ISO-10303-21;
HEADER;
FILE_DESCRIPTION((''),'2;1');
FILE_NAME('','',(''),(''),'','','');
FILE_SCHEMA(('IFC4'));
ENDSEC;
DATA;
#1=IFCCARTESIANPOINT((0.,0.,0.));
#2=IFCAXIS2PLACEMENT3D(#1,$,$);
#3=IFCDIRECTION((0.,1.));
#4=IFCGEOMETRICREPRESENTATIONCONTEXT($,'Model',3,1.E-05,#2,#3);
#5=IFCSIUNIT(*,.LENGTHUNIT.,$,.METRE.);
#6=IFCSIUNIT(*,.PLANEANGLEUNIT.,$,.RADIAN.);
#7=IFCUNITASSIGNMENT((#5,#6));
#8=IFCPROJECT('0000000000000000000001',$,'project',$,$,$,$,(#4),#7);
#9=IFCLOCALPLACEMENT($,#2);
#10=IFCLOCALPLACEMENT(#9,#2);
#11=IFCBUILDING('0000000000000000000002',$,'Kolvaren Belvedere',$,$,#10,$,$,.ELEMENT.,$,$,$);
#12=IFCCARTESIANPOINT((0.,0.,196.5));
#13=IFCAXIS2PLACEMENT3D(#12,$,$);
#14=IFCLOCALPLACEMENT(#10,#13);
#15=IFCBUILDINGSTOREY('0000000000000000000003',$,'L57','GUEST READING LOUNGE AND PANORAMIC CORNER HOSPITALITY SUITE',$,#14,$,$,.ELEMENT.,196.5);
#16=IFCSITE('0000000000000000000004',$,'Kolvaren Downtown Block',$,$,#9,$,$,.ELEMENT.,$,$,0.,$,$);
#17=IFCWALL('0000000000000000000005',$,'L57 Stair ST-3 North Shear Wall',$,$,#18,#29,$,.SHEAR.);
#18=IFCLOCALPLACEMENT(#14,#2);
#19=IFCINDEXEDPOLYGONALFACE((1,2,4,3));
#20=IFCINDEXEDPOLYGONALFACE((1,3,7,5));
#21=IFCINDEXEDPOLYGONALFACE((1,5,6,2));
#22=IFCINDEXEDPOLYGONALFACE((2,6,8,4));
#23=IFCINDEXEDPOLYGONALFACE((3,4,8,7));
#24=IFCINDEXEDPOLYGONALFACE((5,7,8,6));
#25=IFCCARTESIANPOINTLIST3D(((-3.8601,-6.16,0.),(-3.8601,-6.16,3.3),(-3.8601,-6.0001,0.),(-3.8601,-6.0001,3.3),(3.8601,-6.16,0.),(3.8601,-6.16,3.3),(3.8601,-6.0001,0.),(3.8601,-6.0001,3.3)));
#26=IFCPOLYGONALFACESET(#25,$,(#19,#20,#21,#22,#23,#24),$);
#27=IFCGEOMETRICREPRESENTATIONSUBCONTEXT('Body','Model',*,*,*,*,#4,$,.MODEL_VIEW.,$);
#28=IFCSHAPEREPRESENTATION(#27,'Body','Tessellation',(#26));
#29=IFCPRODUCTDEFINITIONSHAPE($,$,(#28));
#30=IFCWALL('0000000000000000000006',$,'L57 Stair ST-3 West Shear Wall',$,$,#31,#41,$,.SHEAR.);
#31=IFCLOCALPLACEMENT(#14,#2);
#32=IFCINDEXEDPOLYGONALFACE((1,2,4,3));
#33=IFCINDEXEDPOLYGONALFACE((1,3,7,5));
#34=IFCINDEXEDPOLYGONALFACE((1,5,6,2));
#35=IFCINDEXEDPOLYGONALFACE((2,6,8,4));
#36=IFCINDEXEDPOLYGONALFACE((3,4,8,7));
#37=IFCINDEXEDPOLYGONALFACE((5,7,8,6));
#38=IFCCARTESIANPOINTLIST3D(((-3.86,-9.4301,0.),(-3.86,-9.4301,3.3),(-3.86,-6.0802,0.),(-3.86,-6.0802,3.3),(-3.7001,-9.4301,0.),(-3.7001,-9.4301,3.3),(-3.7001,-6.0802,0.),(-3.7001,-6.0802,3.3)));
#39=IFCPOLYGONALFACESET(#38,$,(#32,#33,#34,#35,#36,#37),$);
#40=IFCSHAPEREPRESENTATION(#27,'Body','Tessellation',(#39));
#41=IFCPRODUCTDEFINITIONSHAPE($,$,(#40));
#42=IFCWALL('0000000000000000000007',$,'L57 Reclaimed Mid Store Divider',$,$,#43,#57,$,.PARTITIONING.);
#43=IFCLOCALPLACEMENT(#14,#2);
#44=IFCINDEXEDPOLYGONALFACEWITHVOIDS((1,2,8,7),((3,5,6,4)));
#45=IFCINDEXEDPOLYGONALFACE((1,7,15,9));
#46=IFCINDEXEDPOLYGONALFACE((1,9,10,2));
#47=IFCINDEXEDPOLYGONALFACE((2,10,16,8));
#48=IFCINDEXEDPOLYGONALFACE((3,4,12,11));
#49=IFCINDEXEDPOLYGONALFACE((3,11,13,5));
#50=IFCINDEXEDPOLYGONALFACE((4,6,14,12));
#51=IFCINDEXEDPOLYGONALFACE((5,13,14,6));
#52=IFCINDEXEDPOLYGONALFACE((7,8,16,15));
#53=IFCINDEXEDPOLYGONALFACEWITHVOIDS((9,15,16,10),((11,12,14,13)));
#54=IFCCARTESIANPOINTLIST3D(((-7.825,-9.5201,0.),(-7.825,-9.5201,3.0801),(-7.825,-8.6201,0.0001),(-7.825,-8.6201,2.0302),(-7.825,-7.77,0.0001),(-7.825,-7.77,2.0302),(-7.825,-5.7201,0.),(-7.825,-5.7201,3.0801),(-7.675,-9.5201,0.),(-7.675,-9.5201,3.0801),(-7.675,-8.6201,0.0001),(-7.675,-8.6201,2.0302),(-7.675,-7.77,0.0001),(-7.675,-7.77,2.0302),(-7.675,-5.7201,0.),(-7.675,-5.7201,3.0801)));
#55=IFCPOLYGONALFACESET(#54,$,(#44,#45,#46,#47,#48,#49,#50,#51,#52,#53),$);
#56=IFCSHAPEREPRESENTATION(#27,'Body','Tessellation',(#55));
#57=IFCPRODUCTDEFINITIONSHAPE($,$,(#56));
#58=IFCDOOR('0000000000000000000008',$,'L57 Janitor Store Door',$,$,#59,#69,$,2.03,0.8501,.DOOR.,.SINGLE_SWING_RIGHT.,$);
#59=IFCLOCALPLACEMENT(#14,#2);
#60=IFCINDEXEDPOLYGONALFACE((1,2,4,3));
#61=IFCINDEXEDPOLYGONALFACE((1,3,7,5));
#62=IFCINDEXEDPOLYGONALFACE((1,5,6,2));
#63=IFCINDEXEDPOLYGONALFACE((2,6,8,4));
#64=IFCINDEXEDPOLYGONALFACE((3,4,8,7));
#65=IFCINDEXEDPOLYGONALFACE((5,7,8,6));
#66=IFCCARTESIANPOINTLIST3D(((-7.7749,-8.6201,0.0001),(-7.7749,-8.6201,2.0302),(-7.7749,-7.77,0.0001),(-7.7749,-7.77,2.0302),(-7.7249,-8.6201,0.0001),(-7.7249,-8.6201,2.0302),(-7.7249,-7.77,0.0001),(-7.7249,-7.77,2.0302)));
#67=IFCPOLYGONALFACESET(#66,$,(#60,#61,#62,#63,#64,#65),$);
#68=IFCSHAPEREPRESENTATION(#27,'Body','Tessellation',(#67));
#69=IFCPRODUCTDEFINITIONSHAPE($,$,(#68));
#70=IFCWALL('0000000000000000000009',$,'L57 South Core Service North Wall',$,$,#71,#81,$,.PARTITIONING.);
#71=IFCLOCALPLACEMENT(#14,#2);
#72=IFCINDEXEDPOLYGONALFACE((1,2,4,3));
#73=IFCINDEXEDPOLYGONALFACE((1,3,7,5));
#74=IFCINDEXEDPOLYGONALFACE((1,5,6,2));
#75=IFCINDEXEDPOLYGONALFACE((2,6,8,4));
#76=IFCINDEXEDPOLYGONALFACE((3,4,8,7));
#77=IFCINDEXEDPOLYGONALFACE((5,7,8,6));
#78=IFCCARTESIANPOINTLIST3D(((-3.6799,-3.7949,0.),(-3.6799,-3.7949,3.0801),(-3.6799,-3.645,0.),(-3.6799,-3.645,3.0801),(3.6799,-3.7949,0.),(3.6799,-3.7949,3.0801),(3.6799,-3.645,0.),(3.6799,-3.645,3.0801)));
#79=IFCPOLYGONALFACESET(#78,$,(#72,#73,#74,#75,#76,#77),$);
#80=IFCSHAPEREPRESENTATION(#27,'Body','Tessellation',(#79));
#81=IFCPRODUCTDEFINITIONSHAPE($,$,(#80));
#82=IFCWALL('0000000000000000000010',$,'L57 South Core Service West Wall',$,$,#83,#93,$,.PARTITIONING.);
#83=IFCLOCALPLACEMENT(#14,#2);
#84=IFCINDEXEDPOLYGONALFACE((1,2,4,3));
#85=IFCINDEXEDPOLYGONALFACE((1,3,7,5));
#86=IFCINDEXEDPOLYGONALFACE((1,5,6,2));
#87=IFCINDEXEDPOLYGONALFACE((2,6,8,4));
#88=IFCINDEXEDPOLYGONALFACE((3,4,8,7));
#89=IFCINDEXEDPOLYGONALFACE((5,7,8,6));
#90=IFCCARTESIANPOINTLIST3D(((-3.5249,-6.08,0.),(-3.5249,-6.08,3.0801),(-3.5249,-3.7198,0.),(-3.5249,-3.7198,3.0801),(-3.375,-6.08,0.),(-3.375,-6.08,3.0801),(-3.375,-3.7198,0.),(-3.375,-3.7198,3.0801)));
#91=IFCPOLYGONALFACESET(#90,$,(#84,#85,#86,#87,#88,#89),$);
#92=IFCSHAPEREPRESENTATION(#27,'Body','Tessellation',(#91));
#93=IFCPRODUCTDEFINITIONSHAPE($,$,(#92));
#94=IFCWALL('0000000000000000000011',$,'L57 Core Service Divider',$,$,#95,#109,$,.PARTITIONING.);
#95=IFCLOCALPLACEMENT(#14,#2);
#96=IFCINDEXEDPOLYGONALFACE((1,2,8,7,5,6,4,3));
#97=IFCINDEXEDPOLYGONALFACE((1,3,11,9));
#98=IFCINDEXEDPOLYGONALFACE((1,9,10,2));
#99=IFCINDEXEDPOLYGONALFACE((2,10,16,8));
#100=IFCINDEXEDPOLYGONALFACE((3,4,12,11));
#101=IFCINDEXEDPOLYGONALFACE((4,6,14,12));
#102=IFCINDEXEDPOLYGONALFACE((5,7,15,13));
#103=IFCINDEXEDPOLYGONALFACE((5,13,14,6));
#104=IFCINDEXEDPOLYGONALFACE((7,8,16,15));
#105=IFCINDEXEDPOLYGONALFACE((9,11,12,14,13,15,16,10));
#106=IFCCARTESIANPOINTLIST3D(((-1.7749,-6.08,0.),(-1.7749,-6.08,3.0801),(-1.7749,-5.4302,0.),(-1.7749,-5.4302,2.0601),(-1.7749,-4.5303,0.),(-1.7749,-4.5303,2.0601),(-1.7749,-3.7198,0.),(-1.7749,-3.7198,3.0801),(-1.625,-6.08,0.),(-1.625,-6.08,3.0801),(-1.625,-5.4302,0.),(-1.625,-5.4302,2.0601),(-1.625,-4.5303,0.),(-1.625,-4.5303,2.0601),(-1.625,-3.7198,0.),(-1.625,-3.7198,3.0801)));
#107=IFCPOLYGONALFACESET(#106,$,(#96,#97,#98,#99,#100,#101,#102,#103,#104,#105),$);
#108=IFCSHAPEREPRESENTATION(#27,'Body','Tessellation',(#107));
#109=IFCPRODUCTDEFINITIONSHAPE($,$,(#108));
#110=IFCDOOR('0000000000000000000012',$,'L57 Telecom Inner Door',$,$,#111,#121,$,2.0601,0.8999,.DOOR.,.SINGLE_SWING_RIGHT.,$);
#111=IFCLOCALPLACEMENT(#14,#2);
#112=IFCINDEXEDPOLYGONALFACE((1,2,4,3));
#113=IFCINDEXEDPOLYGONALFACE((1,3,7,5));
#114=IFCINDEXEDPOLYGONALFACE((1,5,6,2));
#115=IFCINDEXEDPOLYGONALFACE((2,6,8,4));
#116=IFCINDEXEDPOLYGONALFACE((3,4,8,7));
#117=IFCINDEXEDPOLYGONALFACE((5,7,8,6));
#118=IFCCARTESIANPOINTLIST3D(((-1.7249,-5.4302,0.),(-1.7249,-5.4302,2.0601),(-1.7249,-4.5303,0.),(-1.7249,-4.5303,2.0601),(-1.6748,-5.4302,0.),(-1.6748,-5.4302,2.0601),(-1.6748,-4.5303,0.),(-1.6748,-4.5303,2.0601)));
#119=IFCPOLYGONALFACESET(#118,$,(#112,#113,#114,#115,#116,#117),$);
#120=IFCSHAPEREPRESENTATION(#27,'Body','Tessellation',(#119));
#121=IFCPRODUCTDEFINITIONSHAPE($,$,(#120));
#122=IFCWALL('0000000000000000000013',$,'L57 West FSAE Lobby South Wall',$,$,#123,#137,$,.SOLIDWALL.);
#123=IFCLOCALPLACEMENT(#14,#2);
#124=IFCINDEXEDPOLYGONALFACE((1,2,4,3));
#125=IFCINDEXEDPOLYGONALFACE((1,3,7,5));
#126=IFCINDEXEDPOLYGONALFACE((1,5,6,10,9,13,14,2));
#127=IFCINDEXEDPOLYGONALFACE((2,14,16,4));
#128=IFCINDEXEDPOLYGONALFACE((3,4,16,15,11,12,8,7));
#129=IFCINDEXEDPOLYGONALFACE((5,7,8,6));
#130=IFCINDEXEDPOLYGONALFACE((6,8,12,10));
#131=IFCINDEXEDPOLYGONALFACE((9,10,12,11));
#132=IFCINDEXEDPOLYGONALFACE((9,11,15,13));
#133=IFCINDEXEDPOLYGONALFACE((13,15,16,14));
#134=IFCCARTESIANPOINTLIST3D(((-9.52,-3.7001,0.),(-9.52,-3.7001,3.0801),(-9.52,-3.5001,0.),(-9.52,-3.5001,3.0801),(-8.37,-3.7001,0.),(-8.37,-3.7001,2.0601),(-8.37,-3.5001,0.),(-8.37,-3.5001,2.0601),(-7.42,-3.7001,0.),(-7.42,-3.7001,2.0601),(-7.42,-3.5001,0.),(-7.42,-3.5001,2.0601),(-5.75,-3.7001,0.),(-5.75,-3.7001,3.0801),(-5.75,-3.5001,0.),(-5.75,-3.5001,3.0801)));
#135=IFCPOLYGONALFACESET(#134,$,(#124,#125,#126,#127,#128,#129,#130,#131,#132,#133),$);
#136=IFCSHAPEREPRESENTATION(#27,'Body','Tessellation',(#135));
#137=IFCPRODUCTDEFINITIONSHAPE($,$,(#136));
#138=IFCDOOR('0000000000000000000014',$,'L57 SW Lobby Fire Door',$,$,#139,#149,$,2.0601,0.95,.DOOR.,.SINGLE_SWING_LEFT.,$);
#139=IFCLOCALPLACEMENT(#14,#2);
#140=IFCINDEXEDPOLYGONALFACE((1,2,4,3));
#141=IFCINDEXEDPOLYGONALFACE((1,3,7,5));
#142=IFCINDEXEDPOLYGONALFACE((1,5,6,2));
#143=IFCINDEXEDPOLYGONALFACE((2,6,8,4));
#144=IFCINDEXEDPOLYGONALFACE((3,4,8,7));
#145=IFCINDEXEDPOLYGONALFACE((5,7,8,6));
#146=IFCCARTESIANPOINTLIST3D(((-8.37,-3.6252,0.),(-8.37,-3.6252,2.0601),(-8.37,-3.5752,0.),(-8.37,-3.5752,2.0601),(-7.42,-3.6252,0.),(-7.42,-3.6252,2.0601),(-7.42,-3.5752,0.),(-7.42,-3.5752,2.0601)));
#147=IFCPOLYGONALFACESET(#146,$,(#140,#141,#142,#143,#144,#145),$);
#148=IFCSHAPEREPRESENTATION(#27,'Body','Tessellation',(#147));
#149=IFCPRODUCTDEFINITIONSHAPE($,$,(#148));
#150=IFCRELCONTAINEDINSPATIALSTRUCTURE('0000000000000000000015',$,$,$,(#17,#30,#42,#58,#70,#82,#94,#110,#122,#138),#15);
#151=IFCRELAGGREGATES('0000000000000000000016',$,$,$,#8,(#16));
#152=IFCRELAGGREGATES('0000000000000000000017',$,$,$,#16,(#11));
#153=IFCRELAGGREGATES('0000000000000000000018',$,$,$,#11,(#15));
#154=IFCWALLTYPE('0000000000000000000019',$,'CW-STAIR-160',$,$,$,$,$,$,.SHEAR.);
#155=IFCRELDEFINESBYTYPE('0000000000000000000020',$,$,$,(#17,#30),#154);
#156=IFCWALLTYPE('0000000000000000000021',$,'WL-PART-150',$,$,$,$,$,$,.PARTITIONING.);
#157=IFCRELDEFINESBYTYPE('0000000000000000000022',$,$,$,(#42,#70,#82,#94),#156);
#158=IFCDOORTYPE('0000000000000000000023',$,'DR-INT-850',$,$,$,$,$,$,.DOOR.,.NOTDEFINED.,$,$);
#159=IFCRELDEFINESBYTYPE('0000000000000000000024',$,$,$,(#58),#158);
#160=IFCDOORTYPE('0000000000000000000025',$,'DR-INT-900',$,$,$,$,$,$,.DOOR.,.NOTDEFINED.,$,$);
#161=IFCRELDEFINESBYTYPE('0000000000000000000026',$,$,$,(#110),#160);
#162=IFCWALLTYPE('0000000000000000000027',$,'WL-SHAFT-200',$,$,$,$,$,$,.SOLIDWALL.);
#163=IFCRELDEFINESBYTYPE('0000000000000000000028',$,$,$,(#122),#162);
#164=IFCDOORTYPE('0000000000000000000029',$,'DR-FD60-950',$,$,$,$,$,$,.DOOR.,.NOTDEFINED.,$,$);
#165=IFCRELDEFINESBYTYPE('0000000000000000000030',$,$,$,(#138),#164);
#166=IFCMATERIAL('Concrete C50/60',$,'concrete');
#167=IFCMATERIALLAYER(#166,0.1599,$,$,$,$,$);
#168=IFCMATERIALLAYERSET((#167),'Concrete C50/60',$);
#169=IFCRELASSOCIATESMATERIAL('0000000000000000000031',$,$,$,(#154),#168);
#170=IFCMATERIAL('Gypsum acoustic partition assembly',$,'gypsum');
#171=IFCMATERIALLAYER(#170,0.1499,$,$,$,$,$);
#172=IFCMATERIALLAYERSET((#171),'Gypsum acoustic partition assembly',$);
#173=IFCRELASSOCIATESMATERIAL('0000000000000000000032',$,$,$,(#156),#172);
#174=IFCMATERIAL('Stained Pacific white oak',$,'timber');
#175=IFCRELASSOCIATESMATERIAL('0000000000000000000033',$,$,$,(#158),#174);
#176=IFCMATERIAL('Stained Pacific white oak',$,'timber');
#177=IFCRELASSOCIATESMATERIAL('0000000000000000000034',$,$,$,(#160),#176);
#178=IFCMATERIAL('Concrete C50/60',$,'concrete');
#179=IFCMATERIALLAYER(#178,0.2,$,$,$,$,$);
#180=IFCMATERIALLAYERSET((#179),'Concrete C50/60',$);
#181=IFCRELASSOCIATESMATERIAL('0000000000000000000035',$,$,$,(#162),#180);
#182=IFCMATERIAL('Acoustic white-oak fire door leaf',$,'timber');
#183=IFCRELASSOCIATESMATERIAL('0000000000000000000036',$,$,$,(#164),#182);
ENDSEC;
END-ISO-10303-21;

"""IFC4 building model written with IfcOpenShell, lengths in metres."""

from ifc_helpers import new_model, si_unit, direction, frame, frame_2d, origin, place, context, subcontext, project, spatial, rectangle, extrude, material, layer, layer_set, type_object, element, fill, save


model = new_model("IFC4")

# Units and contexts
model_context = context("Model", 3, precision=1e-05, world=origin(), true_north=direction((0.0, 1.0)))
body_context = subcontext(model_context, "Body", "Model", "MODEL_VIEW")
ifc_project = project(units=[si_unit("LENGTHUNIT", "METRE"), si_unit("PLANEANGLEUNIT", "RADIAN")], contexts=[model_context])

# Site, building, storey
site_placement = place(None, origin())
site = spatial("IfcSite", under=ifc_project, at=site_placement, Name="Kolvaren Downtown Block", CompositionType="ELEMENT", RefElevation=0.0)
building_placement = place(site_placement, origin())
building = spatial("IfcBuilding", under=site, at=building_placement, Name="Kolvaren Belvedere", CompositionType="ELEMENT")
storey_placement = place(building_placement, frame((0.0, 0.0, 196.5)))
storey = spatial("IfcBuildingStorey", under=building, at=storey_placement, Name="L57", Description="GUEST READING LOUNGE AND PANORAMIC CORNER HOSPITALITY SUITE", CompositionType="ELEMENT", Elevation=196.5)

# Walls
ifc_material_1 = material(Name="Concrete C50/60", Category="concrete")
ifc_layer_1 = layer(ifc_material_1, 0.1599)
ifc_layer_set_1 = layer_set([ifc_layer_1], Name="Concrete C50/60")
wall_type_1 = type_object("IfcWallType", Name="CW-STAIR-160", PredefinedType="SHEAR", material=ifc_layer_set_1)
wall_1_placement = place(storey_placement, frame((-3.8601, -6.0801, 0.0), z_axis=(0.0, 0.0, 1.0), x_axis=(1.0, 0.0, 0.0)))
element("IfcWall", 1, at=wall_1_placement, inside=storey, type_object=wall_type_1, Name="L57 Stair ST-3 North Shear Wall", PredefinedType="SHEAR", context=body_context, shape_type="SweptSolid", body=[
    extrude(rectangle(XDim=7.7202, YDim=0.1599, at=frame_2d((3.8601, 0.0))), origin(), (0.0, 0.0, 1.0), 3.3),
])
wall_2_placement = place(storey_placement, frame((-3.78, -9.4299, 0.0), z_axis=(0.0, 0.0, 1.0), x_axis=(0.0, 1.0, 0.0)))
element("IfcWall", 2, at=wall_2_placement, inside=storey, type_object=wall_type_1, Name="L57 Stair ST-3 West Shear Wall", PredefinedType="SHEAR", context=body_context, shape_type="SweptSolid", body=[
    extrude(rectangle(XDim=3.3499, YDim=0.1599, at=frame_2d((1.6748, 0.0))), origin(), (0.0, 0.0, 1.0), 3.3),
])

# Wall, opening, door
ifc_material_2 = material(Name="Gypsum acoustic partition assembly", Category="gypsum")
ifc_layer_2 = layer(ifc_material_2, 0.1499)
ifc_layer_set_2 = layer_set([ifc_layer_2], Name="Gypsum acoustic partition assembly")
wall_type_2 = type_object("IfcWallType", Name="WL-PART-150", PredefinedType="PARTITIONING", material=ifc_layer_set_2)
wall_3_placement = place(storey_placement, frame((-7.75, -9.52, 0.0), z_axis=(0.0, 0.0, 1.0), x_axis=(0.0, 1.0, 0.0)))
wall_3 = element("IfcWall", 3, at=wall_3_placement, inside=storey, type_object=wall_type_2, Name="L57 Reclaimed Mid Store Divider", PredefinedType="PARTITIONING", context=body_context, shape_type="SweptSolid", body=[
    extrude(rectangle(XDim=3.8, YDim=0.1499, at=frame_2d((1.8999, 0.0))), origin(), (0.0, 0.0, 1.0), 3.0801),
])
opening_1_placement = place(wall_3_placement, frame((0.8999, 0.0, 0.0)))
opening_1 = element("IfcOpeningElement", 4, at=opening_1_placement, cuts=wall_3, PredefinedType="OPENING", context=body_context, shape_type="SweptSolid", body=[
    extrude(rectangle(XDim=0.8501, YDim=2.03, at=frame_2d((0.425, 1.0151))), frame((0.0, 0.085, 0.0), z_axis=(0.0, -1.0, 0.0), x_axis=(1.0, 0.0, 0.0)), (0.0, 0.0, 1.0), 0.1699),
])
ifc_material_3 = material(Name="Stained Pacific white oak", Category="timber")
door_type_1 = type_object("IfcDoorType", Name="DR-INT-850", OperationType="NOTDEFINED", PredefinedType="DOOR", material=ifc_material_3)
door_1_placement = place(opening_1_placement, origin())
door_1 = element("IfcDoor", 5, at=door_1_placement, inside=storey, type_object=door_type_1, Name="L57 Janitor Store Door", OperationType="SINGLE_SWING_RIGHT", OverallHeight=2.03, OverallWidth=0.8501, PredefinedType="DOOR", context=body_context, shape_type="SweptSolid", body=[
    extrude(rectangle(XDim=0.8501, YDim=2.03, at=frame_2d((0.425, 1.0151))), frame((0.0, 0.0249, 0.0), z_axis=(0.0, -1.0, 0.0), x_axis=(1.0, 0.0, 0.0)), (0.0, 0.0, 1.0), 0.05),
])
fill(opening_1, door_1)

# Walls
wall_4_placement = place(storey_placement, frame((-3.6799, -3.72, 0.0), z_axis=(0.0, 0.0, 1.0), x_axis=(1.0, 0.0, 0.0)))
element("IfcWall", 6, at=wall_4_placement, inside=storey, type_object=wall_type_2, Name="L57 South Core Service North Wall", PredefinedType="PARTITIONING", context=body_context, shape_type="SweptSolid", body=[
    extrude(rectangle(XDim=7.3599, YDim=0.1499, at=frame_2d((3.6799, 0.0))), origin(), (0.0, 0.0, 1.0), 3.0801),
])
wall_5_placement = place(storey_placement, frame((-3.45, -6.0801, 0.0), z_axis=(0.0, 0.0, 1.0), x_axis=(0.0, 1.0, 0.0)))
element("IfcWall", 7, at=wall_5_placement, inside=storey, type_object=wall_type_2, Name="L57 South Core Service West Wall", PredefinedType="PARTITIONING", context=body_context, shape_type="SweptSolid", body=[
    extrude(rectangle(XDim=2.3601, YDim=0.1499, at=frame_2d((1.1802, 0.0))), origin(), (0.0, 0.0, 1.0), 3.0801),
])

# Walls, openings, doors
wall_6_placement = place(storey_placement, frame((-1.7, -6.0801, 0.0), z_axis=(0.0, 0.0, 1.0), x_axis=(0.0, 1.0, 0.0)))
wall_6 = element("IfcWall", 8, at=wall_6_placement, inside=storey, type_object=wall_type_2, Name="L57 Core Service Divider", PredefinedType="PARTITIONING", context=body_context, shape_type="SweptSolid", body=[
    extrude(rectangle(XDim=2.3601, YDim=0.1499, at=frame_2d((1.1802, 0.0))), origin(), (0.0, 0.0, 1.0), 3.0801),
])
opening_2_placement = place(wall_6_placement, frame((0.6499, 0.0, 0.0)))
opening_2 = element("IfcOpeningElement", 9, at=opening_2_placement, cuts=wall_6, PredefinedType="OPENING", context=body_context, shape_type="SweptSolid", body=[
    extrude(rectangle(XDim=0.8999, YDim=2.0601, at=frame_2d((0.45, 1.03))), frame((0.0, 0.085, 0.0), z_axis=(0.0, -1.0, 0.0), x_axis=(1.0, 0.0, 0.0)), (0.0, 0.0, 1.0), 0.1699),
])
ifc_material_4 = material(Name="Stained Pacific white oak", Category="timber")
door_type_2 = type_object("IfcDoorType", Name="DR-INT-900", OperationType="NOTDEFINED", PredefinedType="DOOR", material=ifc_material_4)
door_2_placement = place(opening_2_placement, origin())
door_2 = element("IfcDoor", 10, at=door_2_placement, inside=storey, type_object=door_type_2, Name="L57 Telecom Inner Door", OperationType="SINGLE_SWING_RIGHT", OverallHeight=2.0601, OverallWidth=0.8999, PredefinedType="DOOR", context=body_context, shape_type="SweptSolid", body=[
    extrude(rectangle(XDim=0.8999, YDim=2.0601, at=frame_2d((0.45, 1.03))), frame((0.0, 0.0249, 0.0), z_axis=(0.0, -1.0, 0.0), x_axis=(1.0, 0.0, 0.0)), (0.0, 0.0, 1.0), 0.05),
])
fill(opening_2, door_2)
ifc_material_5 = material(Name="Concrete C50/60", Category="concrete")
ifc_layer_3 = layer(ifc_material_5, 0.2)
ifc_layer_set_3 = layer_set([ifc_layer_3], Name="Concrete C50/60")
wall_type_3 = type_object("IfcWallType", Name="WL-SHAFT-200", PredefinedType="SOLIDWALL", material=ifc_layer_set_3)
wall_7_placement = place(storey_placement, frame((-9.52, -3.6001, 0.0), z_axis=(0.0, 0.0, 1.0), x_axis=(1.0, 0.0, 0.0)))
wall_7 = element("IfcWall", 11, at=wall_7_placement, inside=storey, type_object=wall_type_3, Name="L57 West FSAE Lobby South Wall", PredefinedType="SOLIDWALL", context=body_context, shape_type="SweptSolid", body=[
    extrude(rectangle(XDim=3.77, YDim=0.2, at=frame_2d((1.885, 0.0))), origin(), (0.0, 0.0, 1.0), 3.0801),
])
opening_3_placement = place(wall_7_placement, frame((1.1499, 0.0, 0.0)))
opening_3 = element("IfcOpeningElement", 12, at=opening_3_placement, cuts=wall_7, PredefinedType="OPENING", context=body_context, shape_type="SweptSolid", body=[
    extrude(rectangle(XDim=0.95, YDim=2.0601, at=frame_2d((0.4751, 1.03))), frame((0.0, 0.1099, 0.0), z_axis=(0.0, -1.0, 0.0), x_axis=(1.0, 0.0, 0.0)), (0.0, 0.0, 1.0), 0.22),
])
ifc_material_6 = material(Name="Acoustic white-oak fire door leaf", Category="timber")
door_type_3 = type_object("IfcDoorType", Name="DR-FD60-950", OperationType="NOTDEFINED", PredefinedType="DOOR", material=ifc_material_6)
door_3_placement = place(opening_3_placement, origin())
door_3 = element("IfcDoor", 13, at=door_3_placement, inside=storey, type_object=door_type_3, Name="L57 SW Lobby Fire Door", OperationType="SINGLE_SWING_LEFT", OverallHeight=2.0601, OverallWidth=0.95, PredefinedType="DOOR", context=body_context, shape_type="SweptSolid", body=[
    extrude(rectangle(XDim=0.95, YDim=2.0601, at=frame_2d((0.4751, 1.03))), frame((0.0, 0.0249, 0.0), z_axis=(0.0, -1.0, 0.0), x_axis=(1.0, 0.0, 0.0)), (0.0, 0.0, 1.0), 0.05),
])
fill(opening_3, door_3)

save(model, "model.ifc")
